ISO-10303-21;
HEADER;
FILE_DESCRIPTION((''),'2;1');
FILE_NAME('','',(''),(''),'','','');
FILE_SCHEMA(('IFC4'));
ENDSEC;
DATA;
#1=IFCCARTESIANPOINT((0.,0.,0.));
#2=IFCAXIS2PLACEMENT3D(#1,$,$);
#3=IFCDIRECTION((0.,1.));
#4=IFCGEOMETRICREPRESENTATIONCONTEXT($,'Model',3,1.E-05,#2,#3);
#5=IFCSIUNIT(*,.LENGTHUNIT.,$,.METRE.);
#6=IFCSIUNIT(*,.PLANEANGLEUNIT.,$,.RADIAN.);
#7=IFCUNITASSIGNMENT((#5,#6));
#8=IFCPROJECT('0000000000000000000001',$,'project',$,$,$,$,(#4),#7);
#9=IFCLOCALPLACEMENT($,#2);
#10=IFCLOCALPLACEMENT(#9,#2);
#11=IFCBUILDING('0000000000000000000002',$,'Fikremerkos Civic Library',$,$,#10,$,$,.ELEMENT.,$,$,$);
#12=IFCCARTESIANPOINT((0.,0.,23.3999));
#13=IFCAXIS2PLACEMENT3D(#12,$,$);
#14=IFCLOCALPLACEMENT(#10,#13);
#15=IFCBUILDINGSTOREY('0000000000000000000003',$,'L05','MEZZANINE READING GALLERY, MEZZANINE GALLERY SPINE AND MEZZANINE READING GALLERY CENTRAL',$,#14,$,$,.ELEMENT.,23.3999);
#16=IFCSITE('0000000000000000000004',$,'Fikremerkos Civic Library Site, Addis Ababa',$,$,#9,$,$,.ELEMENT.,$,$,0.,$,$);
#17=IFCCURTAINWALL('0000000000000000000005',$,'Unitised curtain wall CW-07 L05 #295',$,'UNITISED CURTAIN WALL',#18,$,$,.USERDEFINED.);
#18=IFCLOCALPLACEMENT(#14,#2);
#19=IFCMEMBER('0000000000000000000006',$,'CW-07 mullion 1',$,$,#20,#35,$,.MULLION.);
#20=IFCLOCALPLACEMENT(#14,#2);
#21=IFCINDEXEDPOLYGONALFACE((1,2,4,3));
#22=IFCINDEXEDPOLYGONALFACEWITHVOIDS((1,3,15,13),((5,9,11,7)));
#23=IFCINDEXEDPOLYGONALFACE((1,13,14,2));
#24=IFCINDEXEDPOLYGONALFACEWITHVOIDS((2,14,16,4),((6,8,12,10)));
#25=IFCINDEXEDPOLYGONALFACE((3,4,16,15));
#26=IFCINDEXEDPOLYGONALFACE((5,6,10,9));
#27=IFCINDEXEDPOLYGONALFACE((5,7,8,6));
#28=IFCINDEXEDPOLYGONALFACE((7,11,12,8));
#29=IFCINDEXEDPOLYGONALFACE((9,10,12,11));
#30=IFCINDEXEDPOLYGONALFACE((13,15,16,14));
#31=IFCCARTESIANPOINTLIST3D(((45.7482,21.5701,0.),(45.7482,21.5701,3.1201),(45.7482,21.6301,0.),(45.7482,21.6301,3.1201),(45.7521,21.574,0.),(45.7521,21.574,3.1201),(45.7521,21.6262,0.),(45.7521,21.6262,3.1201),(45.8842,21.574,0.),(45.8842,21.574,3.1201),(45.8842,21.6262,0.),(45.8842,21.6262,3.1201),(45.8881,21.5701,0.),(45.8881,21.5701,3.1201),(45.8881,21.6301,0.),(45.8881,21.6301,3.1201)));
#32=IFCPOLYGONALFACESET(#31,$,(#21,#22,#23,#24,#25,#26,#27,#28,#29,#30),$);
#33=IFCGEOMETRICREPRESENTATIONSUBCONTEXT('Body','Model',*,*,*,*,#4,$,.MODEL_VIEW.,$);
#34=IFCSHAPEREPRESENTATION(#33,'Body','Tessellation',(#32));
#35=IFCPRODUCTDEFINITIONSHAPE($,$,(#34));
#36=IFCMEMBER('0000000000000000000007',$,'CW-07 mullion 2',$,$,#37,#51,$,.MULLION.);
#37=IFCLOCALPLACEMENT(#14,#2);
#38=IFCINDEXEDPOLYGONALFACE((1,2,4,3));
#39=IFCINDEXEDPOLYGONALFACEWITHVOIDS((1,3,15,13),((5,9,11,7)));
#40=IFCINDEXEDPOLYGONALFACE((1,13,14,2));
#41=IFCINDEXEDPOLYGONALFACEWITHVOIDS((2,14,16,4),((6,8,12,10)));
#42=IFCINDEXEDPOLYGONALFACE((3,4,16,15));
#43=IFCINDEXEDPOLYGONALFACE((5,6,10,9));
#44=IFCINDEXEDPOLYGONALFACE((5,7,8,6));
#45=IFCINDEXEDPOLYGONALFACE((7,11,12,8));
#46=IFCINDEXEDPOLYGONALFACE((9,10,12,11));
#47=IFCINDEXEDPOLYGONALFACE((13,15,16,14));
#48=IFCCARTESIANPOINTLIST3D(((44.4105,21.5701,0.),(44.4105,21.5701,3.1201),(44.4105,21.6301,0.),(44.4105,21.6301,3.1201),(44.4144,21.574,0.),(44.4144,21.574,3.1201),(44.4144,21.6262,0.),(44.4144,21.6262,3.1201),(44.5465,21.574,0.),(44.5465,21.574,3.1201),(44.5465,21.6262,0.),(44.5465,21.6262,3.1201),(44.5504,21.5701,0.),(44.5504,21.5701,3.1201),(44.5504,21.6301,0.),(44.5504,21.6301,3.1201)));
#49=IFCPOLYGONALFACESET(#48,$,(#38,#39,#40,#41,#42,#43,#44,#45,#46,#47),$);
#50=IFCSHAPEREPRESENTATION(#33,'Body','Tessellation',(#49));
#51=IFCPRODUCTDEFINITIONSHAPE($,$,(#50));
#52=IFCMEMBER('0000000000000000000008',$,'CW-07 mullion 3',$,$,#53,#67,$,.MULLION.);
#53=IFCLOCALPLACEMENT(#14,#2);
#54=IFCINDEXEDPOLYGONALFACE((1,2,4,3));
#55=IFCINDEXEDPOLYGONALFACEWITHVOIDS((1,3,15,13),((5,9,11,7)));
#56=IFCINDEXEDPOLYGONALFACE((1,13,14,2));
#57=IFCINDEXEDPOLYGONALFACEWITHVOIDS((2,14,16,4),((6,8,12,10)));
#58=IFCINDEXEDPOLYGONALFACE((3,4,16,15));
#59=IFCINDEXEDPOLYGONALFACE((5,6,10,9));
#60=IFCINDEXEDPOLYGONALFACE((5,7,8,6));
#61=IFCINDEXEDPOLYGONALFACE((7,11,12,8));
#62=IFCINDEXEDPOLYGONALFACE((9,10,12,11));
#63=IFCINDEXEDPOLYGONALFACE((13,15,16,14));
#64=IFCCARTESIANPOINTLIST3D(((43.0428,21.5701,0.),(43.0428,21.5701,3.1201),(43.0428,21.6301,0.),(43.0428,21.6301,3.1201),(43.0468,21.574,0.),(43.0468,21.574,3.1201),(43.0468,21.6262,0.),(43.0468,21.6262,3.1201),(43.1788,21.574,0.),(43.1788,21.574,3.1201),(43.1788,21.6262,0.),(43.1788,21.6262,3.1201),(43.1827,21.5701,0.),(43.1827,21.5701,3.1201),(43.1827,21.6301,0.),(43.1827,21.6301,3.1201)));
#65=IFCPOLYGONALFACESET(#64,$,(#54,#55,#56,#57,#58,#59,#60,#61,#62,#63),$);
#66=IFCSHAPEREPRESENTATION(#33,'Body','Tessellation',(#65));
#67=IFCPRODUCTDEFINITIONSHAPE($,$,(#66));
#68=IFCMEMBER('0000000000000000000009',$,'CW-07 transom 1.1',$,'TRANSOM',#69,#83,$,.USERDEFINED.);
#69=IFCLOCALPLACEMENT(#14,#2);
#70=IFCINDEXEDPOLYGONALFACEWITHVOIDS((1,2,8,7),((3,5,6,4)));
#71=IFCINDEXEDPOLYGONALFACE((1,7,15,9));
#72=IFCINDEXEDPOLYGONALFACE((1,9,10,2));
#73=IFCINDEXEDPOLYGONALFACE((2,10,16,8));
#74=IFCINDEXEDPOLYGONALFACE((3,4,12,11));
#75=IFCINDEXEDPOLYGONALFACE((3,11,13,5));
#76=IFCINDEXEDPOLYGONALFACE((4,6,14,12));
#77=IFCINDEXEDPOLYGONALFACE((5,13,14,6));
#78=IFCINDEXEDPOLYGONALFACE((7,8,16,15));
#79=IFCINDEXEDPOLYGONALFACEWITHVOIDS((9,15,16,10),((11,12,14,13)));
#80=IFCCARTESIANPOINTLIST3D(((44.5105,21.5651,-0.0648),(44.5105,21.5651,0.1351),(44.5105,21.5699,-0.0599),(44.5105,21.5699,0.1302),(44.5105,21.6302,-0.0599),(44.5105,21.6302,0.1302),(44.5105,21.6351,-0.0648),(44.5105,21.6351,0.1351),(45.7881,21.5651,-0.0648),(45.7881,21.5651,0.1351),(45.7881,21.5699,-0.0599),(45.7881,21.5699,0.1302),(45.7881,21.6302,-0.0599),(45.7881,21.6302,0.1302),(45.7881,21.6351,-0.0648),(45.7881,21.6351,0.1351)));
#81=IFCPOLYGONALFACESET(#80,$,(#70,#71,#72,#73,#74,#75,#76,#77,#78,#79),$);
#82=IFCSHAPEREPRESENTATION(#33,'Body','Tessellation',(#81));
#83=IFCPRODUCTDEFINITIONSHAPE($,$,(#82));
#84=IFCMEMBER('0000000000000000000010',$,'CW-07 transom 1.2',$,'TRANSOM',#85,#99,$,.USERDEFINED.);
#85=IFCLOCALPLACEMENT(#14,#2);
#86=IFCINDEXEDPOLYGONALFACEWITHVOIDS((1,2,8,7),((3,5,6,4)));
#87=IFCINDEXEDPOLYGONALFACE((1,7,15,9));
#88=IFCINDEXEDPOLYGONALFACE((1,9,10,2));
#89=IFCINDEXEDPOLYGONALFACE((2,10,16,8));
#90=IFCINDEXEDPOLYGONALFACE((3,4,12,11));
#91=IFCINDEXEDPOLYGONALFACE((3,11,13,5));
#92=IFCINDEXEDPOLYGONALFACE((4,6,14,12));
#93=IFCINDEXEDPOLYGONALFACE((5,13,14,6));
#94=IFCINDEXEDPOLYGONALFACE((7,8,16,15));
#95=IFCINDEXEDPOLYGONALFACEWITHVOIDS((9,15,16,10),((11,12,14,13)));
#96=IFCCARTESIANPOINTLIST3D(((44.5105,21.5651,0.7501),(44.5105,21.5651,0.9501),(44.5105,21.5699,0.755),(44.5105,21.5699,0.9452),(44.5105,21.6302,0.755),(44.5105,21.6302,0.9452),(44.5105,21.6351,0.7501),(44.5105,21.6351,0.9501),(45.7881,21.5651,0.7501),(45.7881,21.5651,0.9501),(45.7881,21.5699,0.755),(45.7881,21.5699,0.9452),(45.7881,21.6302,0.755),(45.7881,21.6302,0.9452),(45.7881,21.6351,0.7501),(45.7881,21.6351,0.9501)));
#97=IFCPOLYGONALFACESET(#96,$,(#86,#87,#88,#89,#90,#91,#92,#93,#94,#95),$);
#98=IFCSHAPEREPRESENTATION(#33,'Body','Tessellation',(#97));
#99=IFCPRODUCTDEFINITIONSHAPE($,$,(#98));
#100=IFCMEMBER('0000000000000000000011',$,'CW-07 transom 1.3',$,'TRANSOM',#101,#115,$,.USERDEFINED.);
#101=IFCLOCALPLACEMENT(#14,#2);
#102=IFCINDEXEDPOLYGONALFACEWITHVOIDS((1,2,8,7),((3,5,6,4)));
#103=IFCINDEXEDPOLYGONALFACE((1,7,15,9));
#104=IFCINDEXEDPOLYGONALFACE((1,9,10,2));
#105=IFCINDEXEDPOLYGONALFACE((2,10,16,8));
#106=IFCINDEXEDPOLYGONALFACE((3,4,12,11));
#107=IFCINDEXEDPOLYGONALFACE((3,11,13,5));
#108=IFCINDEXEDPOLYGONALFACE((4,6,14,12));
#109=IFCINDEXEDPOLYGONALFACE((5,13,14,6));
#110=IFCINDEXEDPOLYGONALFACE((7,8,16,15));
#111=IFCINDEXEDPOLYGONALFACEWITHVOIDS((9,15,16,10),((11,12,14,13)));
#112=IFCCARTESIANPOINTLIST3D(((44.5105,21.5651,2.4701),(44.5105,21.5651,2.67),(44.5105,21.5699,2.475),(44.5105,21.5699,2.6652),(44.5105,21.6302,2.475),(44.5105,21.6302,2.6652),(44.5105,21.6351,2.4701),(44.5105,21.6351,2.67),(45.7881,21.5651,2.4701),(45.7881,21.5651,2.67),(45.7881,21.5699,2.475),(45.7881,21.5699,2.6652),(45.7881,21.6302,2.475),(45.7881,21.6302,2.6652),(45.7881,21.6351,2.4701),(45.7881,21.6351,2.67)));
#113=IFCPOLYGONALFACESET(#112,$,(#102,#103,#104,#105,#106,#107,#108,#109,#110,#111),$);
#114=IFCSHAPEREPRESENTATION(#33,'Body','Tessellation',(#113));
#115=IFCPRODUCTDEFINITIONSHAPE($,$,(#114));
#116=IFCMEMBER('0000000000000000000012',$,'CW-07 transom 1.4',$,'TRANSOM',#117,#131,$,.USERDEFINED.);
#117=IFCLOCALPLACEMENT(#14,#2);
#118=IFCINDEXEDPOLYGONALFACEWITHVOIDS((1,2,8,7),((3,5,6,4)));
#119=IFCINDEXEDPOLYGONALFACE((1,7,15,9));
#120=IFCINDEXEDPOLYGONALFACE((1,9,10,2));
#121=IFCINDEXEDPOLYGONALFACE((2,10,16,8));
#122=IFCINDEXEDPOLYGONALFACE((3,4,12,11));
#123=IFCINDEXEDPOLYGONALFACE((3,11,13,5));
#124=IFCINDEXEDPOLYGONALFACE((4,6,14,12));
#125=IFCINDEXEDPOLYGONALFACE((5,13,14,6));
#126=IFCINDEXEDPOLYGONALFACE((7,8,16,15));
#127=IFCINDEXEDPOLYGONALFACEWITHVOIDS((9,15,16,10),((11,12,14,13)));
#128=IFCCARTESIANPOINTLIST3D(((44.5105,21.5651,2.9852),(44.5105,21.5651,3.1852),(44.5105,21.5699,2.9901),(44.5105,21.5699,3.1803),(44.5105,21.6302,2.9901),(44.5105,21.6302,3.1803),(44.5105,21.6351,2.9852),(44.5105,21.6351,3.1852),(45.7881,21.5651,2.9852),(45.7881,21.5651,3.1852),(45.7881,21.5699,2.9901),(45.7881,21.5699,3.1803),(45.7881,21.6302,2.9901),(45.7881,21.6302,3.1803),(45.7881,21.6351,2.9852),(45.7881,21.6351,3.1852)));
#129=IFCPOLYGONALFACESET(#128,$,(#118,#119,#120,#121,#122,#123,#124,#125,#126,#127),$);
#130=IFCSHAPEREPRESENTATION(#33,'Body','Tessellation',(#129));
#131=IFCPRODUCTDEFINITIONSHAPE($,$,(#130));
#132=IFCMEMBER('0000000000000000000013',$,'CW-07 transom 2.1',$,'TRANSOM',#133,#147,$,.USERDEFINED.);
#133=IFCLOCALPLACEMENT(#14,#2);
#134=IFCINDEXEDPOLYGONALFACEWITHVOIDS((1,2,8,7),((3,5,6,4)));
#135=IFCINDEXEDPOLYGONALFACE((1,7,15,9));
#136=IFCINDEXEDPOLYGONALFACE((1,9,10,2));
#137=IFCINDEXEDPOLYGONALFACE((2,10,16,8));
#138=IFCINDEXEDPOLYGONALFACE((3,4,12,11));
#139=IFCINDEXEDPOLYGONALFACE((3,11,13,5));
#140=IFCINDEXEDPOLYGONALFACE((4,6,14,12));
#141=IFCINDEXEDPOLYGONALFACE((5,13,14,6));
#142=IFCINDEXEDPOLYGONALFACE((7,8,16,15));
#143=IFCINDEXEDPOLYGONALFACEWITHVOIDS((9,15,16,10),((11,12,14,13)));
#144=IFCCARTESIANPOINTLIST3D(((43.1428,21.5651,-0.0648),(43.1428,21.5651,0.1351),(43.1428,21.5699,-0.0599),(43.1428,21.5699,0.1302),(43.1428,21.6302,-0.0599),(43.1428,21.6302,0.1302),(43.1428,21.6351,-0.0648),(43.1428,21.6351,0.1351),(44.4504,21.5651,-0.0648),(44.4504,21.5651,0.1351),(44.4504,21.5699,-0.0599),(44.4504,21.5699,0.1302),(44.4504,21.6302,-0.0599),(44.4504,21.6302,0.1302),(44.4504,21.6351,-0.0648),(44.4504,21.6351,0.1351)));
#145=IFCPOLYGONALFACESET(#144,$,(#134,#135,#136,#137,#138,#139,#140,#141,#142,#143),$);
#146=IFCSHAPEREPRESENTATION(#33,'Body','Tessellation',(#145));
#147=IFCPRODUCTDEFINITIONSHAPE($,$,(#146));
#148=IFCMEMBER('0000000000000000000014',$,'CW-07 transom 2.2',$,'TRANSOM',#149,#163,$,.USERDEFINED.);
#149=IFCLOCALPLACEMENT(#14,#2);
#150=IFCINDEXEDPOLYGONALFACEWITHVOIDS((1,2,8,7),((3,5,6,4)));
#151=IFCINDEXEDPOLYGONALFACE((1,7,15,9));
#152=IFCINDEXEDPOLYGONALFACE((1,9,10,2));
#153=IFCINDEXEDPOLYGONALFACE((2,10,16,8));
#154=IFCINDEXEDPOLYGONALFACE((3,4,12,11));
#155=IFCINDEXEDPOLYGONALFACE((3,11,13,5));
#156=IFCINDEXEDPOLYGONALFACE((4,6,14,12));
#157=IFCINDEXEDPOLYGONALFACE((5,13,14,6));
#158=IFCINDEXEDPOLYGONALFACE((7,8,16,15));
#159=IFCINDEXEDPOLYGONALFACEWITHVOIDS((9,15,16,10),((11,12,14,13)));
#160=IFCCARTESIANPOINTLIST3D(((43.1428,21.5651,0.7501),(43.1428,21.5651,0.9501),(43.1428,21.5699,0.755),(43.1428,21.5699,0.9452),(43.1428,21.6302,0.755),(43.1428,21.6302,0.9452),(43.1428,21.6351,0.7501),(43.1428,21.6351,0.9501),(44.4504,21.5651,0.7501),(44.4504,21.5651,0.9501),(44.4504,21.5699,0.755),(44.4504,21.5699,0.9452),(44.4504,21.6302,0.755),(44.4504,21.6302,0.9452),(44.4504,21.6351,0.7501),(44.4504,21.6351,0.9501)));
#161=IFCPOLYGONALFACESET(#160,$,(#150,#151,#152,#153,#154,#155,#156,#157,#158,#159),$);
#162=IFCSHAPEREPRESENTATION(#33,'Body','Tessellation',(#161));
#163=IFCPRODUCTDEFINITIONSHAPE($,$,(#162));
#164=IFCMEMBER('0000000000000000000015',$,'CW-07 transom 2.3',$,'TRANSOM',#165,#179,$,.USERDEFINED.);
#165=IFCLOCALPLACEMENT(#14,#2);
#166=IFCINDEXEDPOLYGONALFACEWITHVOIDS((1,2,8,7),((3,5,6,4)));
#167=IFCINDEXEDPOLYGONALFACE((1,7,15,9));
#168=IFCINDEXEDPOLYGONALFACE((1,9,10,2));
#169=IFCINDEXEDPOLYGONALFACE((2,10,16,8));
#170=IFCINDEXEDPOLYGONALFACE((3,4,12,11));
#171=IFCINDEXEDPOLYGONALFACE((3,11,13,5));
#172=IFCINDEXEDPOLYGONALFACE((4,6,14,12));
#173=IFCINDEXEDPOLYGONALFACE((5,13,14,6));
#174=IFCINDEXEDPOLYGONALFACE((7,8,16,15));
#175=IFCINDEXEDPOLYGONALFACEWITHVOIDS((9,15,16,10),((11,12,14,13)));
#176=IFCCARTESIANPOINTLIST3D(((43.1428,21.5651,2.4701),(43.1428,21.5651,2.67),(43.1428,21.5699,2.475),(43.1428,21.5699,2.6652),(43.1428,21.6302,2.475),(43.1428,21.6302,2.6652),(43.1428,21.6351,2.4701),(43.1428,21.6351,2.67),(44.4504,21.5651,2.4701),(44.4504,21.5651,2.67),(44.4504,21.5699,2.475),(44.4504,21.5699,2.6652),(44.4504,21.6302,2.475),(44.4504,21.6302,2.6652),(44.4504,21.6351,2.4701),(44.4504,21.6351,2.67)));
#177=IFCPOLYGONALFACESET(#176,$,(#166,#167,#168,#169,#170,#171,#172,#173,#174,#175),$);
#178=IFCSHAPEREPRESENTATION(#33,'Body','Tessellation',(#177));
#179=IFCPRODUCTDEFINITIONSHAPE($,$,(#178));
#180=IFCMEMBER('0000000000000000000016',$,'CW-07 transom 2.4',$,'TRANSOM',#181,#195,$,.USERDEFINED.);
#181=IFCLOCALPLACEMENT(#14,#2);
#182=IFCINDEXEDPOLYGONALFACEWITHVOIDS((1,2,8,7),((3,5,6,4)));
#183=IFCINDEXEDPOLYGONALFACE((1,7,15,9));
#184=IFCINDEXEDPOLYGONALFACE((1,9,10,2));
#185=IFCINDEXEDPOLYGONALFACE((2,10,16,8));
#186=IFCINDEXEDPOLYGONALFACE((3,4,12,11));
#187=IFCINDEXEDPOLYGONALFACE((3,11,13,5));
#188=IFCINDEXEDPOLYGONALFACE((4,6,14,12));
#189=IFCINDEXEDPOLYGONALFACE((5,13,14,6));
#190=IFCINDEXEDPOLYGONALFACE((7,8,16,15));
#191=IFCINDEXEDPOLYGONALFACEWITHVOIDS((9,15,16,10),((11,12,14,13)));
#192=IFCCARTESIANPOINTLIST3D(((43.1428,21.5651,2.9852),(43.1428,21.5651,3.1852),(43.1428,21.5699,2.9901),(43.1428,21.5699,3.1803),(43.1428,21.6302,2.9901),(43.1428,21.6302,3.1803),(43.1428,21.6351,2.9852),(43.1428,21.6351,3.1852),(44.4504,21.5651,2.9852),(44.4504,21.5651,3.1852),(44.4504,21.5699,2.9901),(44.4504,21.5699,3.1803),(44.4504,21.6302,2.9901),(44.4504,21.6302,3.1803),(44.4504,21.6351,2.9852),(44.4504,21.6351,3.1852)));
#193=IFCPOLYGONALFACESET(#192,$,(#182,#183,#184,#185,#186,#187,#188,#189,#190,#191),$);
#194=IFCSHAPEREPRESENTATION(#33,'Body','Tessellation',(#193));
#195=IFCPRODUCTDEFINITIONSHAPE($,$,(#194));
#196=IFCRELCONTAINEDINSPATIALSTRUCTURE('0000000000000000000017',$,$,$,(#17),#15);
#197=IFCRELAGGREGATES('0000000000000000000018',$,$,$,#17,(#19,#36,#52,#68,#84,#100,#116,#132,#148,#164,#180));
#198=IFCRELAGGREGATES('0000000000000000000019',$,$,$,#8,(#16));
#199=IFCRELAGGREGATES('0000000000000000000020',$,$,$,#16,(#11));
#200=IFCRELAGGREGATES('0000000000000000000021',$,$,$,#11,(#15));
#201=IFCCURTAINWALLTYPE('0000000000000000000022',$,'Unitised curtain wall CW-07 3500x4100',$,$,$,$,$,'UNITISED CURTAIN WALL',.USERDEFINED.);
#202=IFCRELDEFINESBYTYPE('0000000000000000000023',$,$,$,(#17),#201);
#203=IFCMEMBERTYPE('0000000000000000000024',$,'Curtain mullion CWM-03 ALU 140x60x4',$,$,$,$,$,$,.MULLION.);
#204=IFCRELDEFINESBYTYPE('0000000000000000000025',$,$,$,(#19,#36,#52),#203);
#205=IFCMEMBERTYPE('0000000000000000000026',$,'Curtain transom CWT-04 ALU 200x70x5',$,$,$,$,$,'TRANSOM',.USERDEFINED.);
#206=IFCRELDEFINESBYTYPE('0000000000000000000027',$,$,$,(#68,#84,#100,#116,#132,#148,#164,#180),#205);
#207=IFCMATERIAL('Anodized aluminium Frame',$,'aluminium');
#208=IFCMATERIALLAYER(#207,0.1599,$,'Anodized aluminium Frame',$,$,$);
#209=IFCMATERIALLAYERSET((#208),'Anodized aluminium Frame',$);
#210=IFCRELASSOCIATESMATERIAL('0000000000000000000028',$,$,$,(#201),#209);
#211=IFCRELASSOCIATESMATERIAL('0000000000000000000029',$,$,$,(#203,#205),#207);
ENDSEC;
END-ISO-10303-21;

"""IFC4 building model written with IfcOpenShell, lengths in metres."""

from ifc_helpers import new_model, si_unit, direction, frame, origin, origin_2d, place, context, subcontext, project, spatial, hollow_rectangle, extrude, material, layer, layer_set, material_profile, profile_set, type_object, element, aggregate, save


model = new_model("IFC4")

# Units and contexts
model_context = context("Model", 3, precision=1e-05, world=origin(), true_north=direction((0.0, 1.0)))
body_context = subcontext(model_context, "Body", "Model", "MODEL_VIEW")
ifc_project = project(units=[si_unit("LENGTHUNIT", "METRE"), si_unit("PLANEANGLEUNIT", "RADIAN")], contexts=[model_context])

# Site, building, storey
site_placement = place(None, origin())
site = spatial("IfcSite", under=ifc_project, at=site_placement, Name="Fikremerkos Civic Library Site, Addis Ababa", CompositionType="ELEMENT", RefElevation=0.0)
building_placement = place(site_placement, origin())
building = spatial("IfcBuilding", under=site, at=building_placement, Name="Fikremerkos Civic Library", CompositionType="ELEMENT")
storey_placement = place(building_placement, frame((0.0, 0.0, 23.3999)))
storey = spatial("IfcBuildingStorey", under=building, at=storey_placement, Name="L05", Description="MEZZANINE READING GALLERY, MEZZANINE GALLERY SPINE AND MEZZANINE READING GALLERY CENTRAL", CompositionType="ELEMENT", Elevation=23.3999)

# Curtain wall, members
ifc_material_1 = material(Name="Anodized aluminium Frame", Category="aluminium")
ifc_layer_1 = layer(ifc_material_1, 0.1599, Name="Anodized aluminium Frame")
ifc_layer_set_1 = layer_set([ifc_layer_1], Name="Anodized aluminium Frame")
curtain_wall_type = type_object("IfcCurtainWallType", Name="Unitised curtain wall CW-07 3500x4100", ElementType="UNITISED CURTAIN WALL", PredefinedType="USERDEFINED", material=ifc_layer_set_1)
curtain_wall_placement = place(storey_placement, origin())
curtain_wall = element("IfcCurtainWall", 1, at=curtain_wall_placement, inside=storey, type_object=curtain_wall_type, Name="Unitised curtain wall CW-07 L05 #295", ObjectType="UNITISED CURTAIN WALL", PredefinedType="USERDEFINED")
ifc_material_profile_1 = material_profile(ifc_material_1, hollow_rectangle(XDim=0.0601, YDim=0.1399, WallThickness=0.0039, at=origin_2d()), Name="ALU 140x60x4")
ifc_profile_set_1 = profile_set([ifc_material_profile_1], Name="Anodized aluminium Frame")
member_type_1 = type_object("IfcMemberType", Name="Curtain mullion CWM-03 ALU 140x60x4", PredefinedType="MULLION", material=ifc_profile_set_1)
member_1_placement = place(storey_placement, frame((45.8181, 21.6001, 0.0), z_axis=(0.0, 0.0, 1.0), x_axis=(0.0, -1.0, 0.0)))
member_1 = element("IfcMember", 2, at=member_1_placement, type_object=member_type_1, Name="CW-07 mullion 1", PredefinedType="MULLION", context=body_context, shape_type="SweptSolid", body=[
    extrude(hollow_rectangle(XDim=0.0601, YDim=0.1399, WallThickness=0.0039, at=origin_2d()), origin(), (0.0, 0.0, 1.0), 3.1201),
])
member_2_placement = place(storey_placement, frame((44.4805, 21.6001, 0.0), z_axis=(0.0, 0.0, 1.0), x_axis=(0.0, -1.0, 0.0)))
member_2 = element("IfcMember", 3, at=member_2_placement, type_object=member_type_1, Name="CW-07 mullion 2", PredefinedType="MULLION", context=body_context, shape_type="SweptSolid", body=[
    extrude(hollow_rectangle(XDim=0.0601, YDim=0.1399, WallThickness=0.0039, at=origin_2d()), origin(), (0.0, 0.0, 1.0), 3.1201),
])
member_3_placement = place(storey_placement, frame((43.1128, 21.6001, 0.0), z_axis=(0.0, 0.0, 1.0), x_axis=(0.0, -1.0, 0.0)))
member_3 = element("IfcMember", 4, at=member_3_placement, type_object=member_type_1, Name="CW-07 mullion 3", PredefinedType="MULLION", context=body_context, shape_type="SweptSolid", body=[
    extrude(hollow_rectangle(XDim=0.0601, YDim=0.1399, WallThickness=0.0039, at=origin_2d()), origin(), (0.0, 0.0, 1.0), 3.1201),
])
ifc_material_profile_2 = material_profile(ifc_material_1, hollow_rectangle(XDim=0.0701, YDim=0.2, WallThickness=0.0049, at=origin_2d()), Name="ALU 200x70x5")
ifc_profile_set_2 = profile_set([ifc_material_profile_2], Name="Anodized aluminium Frame")
member_type_2 = type_object("IfcMemberType", Name="Curtain transom CWT-04 ALU 200x70x5", ElementType="TRANSOM", PredefinedType="USERDEFINED", material=ifc_profile_set_2)
member_4_placement = place(storey_placement, frame((45.7881, 21.6001, 0.0352), z_axis=(-1.0, 0.0, 0.0), x_axis=(0.0, -1.0, 0.0)))
member_4 = element("IfcMember", 5, at=member_4_placement, type_object=member_type_2, Name="CW-07 transom 1.1", ObjectType="TRANSOM", PredefinedType="USERDEFINED", context=body_context, shape_type="SweptSolid", body=[
    extrude(hollow_rectangle(XDim=0.0701, YDim=0.2, WallThickness=0.0049, at=origin_2d()), origin(), (0.0, 0.0, 1.0), 1.2776),
])
member_5_placement = place(storey_placement, frame((45.7881, 21.6001, 0.8501), z_axis=(-1.0, 0.0, 0.0), x_axis=(0.0, -1.0, 0.0)))
member_5 = element("IfcMember", 6, at=member_5_placement, type_object=member_type_2, Name="CW-07 transom 1.2", ObjectType="TRANSOM", PredefinedType="USERDEFINED", context=body_context, shape_type="SweptSolid", body=[
    extrude(hollow_rectangle(XDim=0.0701, YDim=0.2, WallThickness=0.0049, at=origin_2d()), origin(), (0.0, 0.0, 1.0), 1.2776),
])
member_6_placement = place(storey_placement, frame((45.7881, 21.6001, 2.5701), z_axis=(-1.0, 0.0, 0.0), x_axis=(0.0, -1.0, 0.0)))
member_6 = element("IfcMember", 7, at=member_6_placement, type_object=member_type_2, Name="CW-07 transom 1.3", ObjectType="TRANSOM", PredefinedType="USERDEFINED", context=body_context, shape_type="SweptSolid", body=[
    extrude(hollow_rectangle(XDim=0.0701, YDim=0.2, WallThickness=0.0049, at=origin_2d()), origin(), (0.0, 0.0, 1.0), 1.2776),
])
member_7_placement = place(storey_placement, frame((45.7881, 21.6001, 3.0852), z_axis=(-1.0, 0.0, 0.0), x_axis=(0.0, -1.0, 0.0)))
member_7 = element("IfcMember", 8, at=member_7_placement, type_object=member_type_2, Name="CW-07 transom 1.4", ObjectType="TRANSOM", PredefinedType="USERDEFINED", context=body_context, shape_type="SweptSolid", body=[
    extrude(hollow_rectangle(XDim=0.0701, YDim=0.2, WallThickness=0.0049, at=origin_2d()), origin(), (0.0, 0.0, 1.0), 1.2776),
])
member_8_placement = place(storey_placement, frame((44.4504, 21.6001, 0.0352), z_axis=(-1.0, 0.0, 0.0), x_axis=(0.0, -1.0, 0.0)))
member_8 = element("IfcMember", 9, at=member_8_placement, type_object=member_type_2, Name="CW-07 transom 2.1", ObjectType="TRANSOM", PredefinedType="USERDEFINED", context=body_context, shape_type="SweptSolid", body=[
    extrude(hollow_rectangle(XDim=0.0701, YDim=0.2, WallThickness=0.0049, at=origin_2d()), origin(), (0.0, 0.0, 1.0), 1.3076),
])
member_9_placement = place(storey_placement, frame((44.4504, 21.6001, 0.8501), z_axis=(-1.0, 0.0, 0.0), x_axis=(0.0, -1.0, 0.0)))
member_9 = element("IfcMember", 10, at=member_9_placement, type_object=member_type_2, Name="CW-07 transom 2.2", ObjectType="TRANSOM", PredefinedType="USERDEFINED", context=body_context, shape_type="SweptSolid", body=[
    extrude(hollow_rectangle(XDim=0.0701, YDim=0.2, WallThickness=0.0049, at=origin_2d()), origin(), (0.0, 0.0, 1.0), 1.3076),
])
member_10_placement = place(storey_placement, frame((44.4504, 21.6001, 2.5701), z_axis=(-1.0, 0.0, 0.0), x_axis=(0.0, -1.0, 0.0)))
member_10 = element("IfcMember", 11, at=member_10_placement, type_object=member_type_2, Name="CW-07 transom 2.3", ObjectType="TRANSOM", PredefinedType="USERDEFINED", context=body_context, shape_type="SweptSolid", body=[
    extrude(hollow_rectangle(XDim=0.0701, YDim=0.2, WallThickness=0.0049, at=origin_2d()), origin(), (0.0, 0.0, 1.0), 1.3076),
])
member_11_placement = place(storey_placement, frame((44.4504, 21.6001, 3.0852), z_axis=(-1.0, 0.0, 0.0), x_axis=(0.0, -1.0, 0.0)))
member_11 = element("IfcMember", 12, at=member_11_placement, type_object=member_type_2, Name="CW-07 transom 2.4", ObjectType="TRANSOM", PredefinedType="USERDEFINED", context=body_context, shape_type="SweptSolid", body=[
    extrude(hollow_rectangle(XDim=0.0701, YDim=0.2, WallThickness=0.0049, at=origin_2d()), origin(), (0.0, 0.0, 1.0), 1.3076),
])
aggregate(curtain_wall, [member_1, member_2, member_3, member_4, member_5, member_6, member_7, member_8, member_9, member_10, member_11])

save(model, "model.ifc")
